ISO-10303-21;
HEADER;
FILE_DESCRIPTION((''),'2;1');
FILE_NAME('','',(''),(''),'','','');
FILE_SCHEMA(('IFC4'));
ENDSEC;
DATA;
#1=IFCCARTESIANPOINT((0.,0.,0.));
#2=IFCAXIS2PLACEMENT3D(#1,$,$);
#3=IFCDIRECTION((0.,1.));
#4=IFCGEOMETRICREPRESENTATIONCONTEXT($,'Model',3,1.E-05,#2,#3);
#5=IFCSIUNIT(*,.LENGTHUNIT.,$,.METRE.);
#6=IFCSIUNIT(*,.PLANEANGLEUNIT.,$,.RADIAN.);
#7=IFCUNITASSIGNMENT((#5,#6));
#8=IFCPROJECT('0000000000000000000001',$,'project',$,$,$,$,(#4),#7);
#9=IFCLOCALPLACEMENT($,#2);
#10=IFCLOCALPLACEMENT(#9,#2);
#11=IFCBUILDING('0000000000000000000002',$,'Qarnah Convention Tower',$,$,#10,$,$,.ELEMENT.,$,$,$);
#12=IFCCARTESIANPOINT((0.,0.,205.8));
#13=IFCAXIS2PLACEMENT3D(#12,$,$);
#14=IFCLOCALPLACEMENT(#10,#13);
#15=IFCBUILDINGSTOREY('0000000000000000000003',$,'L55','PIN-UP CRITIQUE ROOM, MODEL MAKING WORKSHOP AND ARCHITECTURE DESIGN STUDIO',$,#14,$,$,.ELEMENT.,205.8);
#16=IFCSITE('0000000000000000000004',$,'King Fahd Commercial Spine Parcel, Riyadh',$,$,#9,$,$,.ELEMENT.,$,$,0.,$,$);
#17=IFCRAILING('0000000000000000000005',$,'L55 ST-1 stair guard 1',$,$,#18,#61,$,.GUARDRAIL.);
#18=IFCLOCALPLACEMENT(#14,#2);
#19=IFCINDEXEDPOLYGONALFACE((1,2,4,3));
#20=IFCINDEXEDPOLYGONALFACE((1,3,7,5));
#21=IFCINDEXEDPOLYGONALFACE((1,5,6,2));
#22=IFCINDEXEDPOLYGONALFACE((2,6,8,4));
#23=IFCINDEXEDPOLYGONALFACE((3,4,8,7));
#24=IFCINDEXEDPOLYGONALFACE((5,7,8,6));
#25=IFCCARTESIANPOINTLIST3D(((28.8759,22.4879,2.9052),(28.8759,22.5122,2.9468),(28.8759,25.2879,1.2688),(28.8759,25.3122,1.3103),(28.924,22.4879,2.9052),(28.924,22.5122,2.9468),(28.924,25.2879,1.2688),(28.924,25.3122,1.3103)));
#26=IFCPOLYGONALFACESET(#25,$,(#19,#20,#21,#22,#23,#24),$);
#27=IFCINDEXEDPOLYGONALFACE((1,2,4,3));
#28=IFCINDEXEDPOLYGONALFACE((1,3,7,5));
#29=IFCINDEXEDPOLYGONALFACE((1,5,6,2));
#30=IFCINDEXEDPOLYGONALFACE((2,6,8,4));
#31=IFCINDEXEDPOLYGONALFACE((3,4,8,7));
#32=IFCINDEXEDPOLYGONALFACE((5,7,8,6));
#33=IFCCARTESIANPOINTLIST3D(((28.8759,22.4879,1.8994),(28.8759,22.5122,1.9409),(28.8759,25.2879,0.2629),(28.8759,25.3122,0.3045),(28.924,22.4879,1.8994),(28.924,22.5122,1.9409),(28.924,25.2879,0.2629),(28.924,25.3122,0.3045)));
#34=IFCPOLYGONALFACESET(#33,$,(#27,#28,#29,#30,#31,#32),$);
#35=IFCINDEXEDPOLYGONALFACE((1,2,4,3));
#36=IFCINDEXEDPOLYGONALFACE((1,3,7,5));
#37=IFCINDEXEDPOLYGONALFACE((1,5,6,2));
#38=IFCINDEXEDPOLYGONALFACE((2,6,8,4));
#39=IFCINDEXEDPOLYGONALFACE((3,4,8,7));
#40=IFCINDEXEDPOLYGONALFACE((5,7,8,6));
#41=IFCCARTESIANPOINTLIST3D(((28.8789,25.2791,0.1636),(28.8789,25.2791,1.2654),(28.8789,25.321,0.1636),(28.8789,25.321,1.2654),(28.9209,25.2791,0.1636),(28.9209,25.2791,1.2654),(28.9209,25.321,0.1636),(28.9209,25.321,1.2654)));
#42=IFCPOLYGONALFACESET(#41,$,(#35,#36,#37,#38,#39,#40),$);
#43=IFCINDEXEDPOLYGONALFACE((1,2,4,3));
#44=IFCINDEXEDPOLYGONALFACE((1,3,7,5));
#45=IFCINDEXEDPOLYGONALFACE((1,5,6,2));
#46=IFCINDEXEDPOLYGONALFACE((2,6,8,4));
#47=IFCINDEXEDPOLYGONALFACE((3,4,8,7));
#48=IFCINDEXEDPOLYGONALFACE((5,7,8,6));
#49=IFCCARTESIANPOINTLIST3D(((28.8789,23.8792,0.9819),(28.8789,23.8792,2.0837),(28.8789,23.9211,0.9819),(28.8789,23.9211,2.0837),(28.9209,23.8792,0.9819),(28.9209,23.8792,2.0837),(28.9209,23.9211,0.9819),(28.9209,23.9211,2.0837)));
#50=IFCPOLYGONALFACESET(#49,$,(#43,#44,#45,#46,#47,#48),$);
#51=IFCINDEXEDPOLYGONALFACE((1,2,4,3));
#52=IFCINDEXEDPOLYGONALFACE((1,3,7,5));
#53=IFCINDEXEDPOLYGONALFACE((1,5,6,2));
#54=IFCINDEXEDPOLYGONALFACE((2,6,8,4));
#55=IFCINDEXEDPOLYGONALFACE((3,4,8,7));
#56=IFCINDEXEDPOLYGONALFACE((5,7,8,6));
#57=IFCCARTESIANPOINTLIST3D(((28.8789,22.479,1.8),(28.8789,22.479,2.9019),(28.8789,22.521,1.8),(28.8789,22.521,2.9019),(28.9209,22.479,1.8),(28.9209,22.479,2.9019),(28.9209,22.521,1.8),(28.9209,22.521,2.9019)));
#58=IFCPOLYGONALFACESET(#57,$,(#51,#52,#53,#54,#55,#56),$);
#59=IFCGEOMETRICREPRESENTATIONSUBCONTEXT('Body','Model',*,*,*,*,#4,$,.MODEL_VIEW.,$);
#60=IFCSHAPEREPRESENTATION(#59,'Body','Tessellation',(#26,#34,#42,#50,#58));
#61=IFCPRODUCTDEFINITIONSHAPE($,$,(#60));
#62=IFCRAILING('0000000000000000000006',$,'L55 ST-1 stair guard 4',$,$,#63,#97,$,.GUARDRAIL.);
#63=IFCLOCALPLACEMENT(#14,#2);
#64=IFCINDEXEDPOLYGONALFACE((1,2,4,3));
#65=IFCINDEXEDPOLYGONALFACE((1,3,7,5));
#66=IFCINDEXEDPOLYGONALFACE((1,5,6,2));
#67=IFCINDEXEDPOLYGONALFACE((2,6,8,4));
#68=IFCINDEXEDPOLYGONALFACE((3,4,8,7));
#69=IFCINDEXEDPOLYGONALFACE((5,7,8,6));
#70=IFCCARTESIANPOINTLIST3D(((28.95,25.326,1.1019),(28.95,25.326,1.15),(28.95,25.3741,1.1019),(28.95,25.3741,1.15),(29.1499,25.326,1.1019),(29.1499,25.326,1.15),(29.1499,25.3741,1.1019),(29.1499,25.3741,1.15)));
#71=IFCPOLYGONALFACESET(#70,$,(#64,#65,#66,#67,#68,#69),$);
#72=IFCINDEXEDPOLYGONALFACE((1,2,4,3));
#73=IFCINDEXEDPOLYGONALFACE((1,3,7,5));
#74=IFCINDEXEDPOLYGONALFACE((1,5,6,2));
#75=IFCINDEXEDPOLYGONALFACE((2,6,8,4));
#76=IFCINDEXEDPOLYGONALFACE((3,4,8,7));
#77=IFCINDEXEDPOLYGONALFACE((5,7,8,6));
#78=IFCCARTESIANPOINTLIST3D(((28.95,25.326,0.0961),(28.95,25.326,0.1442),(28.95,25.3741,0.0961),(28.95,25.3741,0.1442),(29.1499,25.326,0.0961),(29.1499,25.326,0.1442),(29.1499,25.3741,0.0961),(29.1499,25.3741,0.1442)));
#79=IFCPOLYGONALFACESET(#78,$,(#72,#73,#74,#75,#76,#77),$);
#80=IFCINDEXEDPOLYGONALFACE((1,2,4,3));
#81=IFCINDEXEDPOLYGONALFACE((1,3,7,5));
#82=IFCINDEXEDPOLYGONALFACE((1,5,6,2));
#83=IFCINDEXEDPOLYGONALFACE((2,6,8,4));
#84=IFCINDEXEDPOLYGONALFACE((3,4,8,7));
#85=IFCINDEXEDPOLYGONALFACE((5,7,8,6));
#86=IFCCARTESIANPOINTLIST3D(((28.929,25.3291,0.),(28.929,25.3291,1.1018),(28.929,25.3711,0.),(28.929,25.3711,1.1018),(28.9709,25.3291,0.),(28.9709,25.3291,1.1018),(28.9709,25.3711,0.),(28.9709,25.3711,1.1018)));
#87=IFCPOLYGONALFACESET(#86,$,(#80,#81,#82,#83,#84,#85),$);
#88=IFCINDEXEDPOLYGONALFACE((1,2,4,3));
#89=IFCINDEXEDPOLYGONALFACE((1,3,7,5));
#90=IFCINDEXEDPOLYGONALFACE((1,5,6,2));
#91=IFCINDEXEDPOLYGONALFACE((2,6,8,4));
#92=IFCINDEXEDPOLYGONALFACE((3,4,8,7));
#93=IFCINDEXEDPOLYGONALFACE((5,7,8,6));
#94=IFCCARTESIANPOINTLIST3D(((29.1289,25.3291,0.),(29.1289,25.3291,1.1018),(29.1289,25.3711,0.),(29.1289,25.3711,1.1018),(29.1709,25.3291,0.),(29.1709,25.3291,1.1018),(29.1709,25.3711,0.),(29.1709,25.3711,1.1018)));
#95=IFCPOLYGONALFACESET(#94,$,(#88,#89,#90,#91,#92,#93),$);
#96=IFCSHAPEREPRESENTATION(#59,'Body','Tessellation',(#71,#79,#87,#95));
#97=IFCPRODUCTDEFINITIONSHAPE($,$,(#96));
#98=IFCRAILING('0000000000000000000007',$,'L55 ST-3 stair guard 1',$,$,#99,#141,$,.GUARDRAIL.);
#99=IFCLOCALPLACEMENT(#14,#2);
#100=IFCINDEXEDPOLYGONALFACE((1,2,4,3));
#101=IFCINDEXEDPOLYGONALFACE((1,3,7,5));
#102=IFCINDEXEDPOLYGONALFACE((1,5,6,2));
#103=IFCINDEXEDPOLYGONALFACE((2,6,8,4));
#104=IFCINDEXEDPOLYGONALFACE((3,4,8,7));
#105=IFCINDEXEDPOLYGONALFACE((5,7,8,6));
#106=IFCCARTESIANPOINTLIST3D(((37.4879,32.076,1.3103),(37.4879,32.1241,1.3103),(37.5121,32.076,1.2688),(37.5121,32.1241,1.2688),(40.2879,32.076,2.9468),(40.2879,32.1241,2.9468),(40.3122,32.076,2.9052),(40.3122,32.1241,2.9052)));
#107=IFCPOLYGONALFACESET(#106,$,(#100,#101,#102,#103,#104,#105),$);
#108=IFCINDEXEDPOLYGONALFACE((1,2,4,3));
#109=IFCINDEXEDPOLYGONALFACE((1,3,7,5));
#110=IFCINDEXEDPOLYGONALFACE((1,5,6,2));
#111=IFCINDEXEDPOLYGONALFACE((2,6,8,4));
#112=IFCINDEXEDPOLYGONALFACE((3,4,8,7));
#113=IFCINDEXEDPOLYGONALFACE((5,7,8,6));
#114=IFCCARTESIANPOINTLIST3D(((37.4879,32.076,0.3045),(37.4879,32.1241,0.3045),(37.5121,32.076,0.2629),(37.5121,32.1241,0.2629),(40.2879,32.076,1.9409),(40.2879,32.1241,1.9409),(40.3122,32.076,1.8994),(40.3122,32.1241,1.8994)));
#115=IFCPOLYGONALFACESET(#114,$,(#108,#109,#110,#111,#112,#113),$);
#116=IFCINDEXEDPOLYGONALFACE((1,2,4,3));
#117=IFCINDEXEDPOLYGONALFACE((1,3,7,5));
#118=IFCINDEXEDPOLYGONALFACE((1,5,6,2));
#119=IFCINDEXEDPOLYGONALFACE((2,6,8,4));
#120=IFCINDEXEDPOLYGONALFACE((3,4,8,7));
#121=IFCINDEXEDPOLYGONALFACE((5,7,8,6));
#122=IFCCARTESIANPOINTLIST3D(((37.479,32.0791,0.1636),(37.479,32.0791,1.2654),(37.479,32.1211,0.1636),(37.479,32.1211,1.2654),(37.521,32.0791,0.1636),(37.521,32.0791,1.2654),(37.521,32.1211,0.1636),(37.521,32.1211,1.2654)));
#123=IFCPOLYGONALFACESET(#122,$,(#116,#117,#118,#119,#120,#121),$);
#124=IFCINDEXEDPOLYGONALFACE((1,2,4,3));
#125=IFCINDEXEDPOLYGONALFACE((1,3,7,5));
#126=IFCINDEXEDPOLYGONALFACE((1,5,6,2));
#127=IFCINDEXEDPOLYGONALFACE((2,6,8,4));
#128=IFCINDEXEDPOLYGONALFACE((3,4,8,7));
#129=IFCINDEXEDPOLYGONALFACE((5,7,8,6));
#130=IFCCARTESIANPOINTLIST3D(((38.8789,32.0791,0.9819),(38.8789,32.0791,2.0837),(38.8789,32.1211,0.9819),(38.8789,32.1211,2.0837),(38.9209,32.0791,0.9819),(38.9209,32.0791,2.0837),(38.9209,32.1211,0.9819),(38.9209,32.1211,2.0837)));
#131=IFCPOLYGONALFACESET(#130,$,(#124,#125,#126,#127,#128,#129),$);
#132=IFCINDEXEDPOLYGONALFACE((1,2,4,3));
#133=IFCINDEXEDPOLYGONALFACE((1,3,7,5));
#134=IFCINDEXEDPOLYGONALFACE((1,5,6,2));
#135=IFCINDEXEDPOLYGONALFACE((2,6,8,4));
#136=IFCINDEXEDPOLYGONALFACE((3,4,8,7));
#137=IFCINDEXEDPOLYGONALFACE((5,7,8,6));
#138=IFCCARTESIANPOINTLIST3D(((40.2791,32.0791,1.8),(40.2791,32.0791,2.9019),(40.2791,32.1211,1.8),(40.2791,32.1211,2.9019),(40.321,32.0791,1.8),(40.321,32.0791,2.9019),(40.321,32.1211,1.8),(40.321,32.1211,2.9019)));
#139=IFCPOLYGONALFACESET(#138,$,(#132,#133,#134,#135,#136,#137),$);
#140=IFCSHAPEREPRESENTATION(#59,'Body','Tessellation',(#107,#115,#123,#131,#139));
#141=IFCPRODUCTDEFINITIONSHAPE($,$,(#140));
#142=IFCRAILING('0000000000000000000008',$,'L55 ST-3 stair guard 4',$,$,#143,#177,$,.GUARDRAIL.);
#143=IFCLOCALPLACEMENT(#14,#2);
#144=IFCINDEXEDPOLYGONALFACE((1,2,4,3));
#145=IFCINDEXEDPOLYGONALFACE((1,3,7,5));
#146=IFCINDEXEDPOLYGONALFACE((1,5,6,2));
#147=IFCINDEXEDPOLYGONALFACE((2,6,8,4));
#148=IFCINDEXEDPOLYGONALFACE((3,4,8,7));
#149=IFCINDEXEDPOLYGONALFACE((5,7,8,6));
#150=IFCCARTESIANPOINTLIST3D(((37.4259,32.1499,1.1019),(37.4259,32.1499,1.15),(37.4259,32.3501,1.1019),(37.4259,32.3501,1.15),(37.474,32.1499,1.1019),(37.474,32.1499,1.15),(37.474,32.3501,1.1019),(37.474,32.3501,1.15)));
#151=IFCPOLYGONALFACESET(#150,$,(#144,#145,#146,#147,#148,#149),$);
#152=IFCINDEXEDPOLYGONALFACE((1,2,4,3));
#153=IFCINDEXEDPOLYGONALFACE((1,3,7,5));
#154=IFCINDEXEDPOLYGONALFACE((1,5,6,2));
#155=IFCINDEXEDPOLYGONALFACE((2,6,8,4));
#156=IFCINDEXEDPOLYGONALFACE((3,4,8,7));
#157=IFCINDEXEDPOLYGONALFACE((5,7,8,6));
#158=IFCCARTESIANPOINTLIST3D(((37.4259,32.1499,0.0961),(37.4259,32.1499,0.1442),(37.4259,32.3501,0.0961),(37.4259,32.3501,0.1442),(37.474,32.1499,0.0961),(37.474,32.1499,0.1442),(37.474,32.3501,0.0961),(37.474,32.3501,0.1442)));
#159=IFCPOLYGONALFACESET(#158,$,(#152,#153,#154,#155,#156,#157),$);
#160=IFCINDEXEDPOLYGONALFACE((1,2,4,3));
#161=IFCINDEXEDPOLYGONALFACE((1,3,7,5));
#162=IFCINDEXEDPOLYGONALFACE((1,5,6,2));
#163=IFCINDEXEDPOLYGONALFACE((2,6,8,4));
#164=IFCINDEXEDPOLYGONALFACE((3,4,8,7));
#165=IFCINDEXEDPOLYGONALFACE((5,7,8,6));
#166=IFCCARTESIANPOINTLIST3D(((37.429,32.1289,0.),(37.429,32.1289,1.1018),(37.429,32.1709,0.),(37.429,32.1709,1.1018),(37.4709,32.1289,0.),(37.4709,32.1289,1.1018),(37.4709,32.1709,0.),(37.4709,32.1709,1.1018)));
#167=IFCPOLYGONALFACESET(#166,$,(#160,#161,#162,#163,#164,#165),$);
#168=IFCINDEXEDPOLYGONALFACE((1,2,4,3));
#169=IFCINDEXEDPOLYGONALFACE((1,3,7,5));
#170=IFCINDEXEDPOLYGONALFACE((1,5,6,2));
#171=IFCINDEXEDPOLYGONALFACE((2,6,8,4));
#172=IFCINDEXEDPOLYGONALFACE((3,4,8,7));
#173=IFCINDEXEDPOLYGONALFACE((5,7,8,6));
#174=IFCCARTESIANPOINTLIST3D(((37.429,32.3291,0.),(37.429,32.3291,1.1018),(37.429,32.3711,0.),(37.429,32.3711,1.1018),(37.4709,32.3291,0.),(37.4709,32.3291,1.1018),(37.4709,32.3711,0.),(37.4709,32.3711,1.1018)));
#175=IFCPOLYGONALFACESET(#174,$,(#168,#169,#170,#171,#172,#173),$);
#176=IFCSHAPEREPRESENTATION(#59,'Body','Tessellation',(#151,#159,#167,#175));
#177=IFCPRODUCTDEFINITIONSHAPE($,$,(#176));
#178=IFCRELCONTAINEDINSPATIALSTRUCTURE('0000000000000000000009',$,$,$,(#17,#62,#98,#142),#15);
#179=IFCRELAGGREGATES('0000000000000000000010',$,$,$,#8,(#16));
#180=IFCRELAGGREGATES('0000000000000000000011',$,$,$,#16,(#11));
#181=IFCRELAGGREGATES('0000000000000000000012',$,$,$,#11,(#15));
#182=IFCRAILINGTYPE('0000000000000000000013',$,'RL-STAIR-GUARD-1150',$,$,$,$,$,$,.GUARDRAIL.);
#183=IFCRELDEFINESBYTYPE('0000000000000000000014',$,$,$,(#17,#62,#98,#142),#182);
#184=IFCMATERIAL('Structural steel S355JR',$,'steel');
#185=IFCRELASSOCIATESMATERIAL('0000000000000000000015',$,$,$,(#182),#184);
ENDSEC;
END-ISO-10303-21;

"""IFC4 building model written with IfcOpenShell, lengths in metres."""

from ifc_helpers import new_model, si_unit, direction, frame, origin, origin_2d, place, context, subcontext, project, spatial, rectangle, extrude, material, type_object, element, save


model = new_model("IFC4")

# Units and contexts
model_context = context("Model", 3, precision=1e-05, world=origin(), true_north=direction((0.0, 1.0)))
body_context = subcontext(model_context, "Body", "Model", "MODEL_VIEW")
ifc_project = project(units=[si_unit("LENGTHUNIT", "METRE"), si_unit("PLANEANGLEUNIT", "RADIAN")], contexts=[model_context])

# Site, building, storey
site_placement = place(None, origin())
site = spatial("IfcSite", under=ifc_project, at=site_placement, Name="King Fahd Commercial Spine Parcel, Riyadh", CompositionType="ELEMENT", RefElevation=0.0)
building_placement = place(site_placement, origin())
building = spatial("IfcBuilding", under=site, at=building_placement, Name="Qarnah Convention Tower", CompositionType="ELEMENT")
storey_placement = place(building_placement, frame((0.0, 0.0, 205.8)))
storey = spatial("IfcBuildingStorey", under=building, at=storey_placement, Name="L55", Description="PIN-UP CRITIQUE ROOM, MODEL MAKING WORKSHOP AND ARCHITECTURE DESIGN STUDIO", CompositionType="ELEMENT", Elevation=205.8)

# Shared definitions
ifc_material_1 = material(Name="Structural steel S355JR", Category="steel")

# Railings
railing_type = type_object("IfcRailingType", Name="RL-STAIR-GUARD-1150", PredefinedType="GUARDRAIL", material=ifc_material_1)
railing_1_placement = place(storey_placement, frame((28.8999, 25.3, 0.1636)))
element("IfcRailing", 1, at=railing_1_placement, inside=storey, type_object=railing_type, Name="L55 ST-1 stair guard 1", PredefinedType="GUARDRAIL", context=body_context, shape_type="SweptSolid", body=[
    extrude(rectangle(XDim=0.0481, YDim=0.0481, at=origin_2d()), frame((0.0, 0.0, 1.126), z_axis=(0.0, -0.863361, 0.504587), x_axis=(1.0, 0.0, 0.0)), (0.0, 0.0, 1.0), 3.2432),
    extrude(rectangle(XDim=0.0481, YDim=0.0481, at=origin_2d()), frame((0.0, 0.0, 0.1201), z_axis=(0.0, -0.863361, 0.504587), x_axis=(1.0, 0.0, 0.0)), (0.0, 0.0, 1.0), 3.2432),
    extrude(rectangle(XDim=0.042, YDim=0.042, at=origin_2d()), origin(), (0.0, 0.0, 1.0), 1.1018),
    extrude(rectangle(XDim=0.042, YDim=0.042, at=origin_2d()), frame((0.0, -1.3999, 0.8184)), (0.0, 0.0, 1.0), 1.1018),
    extrude(rectangle(XDim=0.042, YDim=0.042, at=origin_2d()), frame((0.0, -2.8, 1.6365)), (0.0, 0.0, 1.0), 1.1018),
])
railing_2_placement = place(storey_placement, frame((28.95, 25.3501, 0.0)))
element("IfcRailing", 2, at=railing_2_placement, inside=storey, type_object=railing_type, Name="L55 ST-1 stair guard 4", PredefinedType="GUARDRAIL", context=body_context, shape_type="SweptSolid", body=[
    extrude(rectangle(XDim=0.0481, YDim=0.0481, at=origin_2d()), frame((0.0, 0.0, 1.126), z_axis=(1.0, 0.0, 0.0), x_axis=(0.0, 1.0, 0.0)), (0.0, 0.0, 1.0), 0.2),
    extrude(rectangle(XDim=0.0481, YDim=0.0481, at=origin_2d()), frame((0.0, 0.0, 0.1201), z_axis=(1.0, 0.0, 0.0), x_axis=(0.0, 1.0, 0.0)), (0.0, 0.0, 1.0), 0.2),
    extrude(rectangle(XDim=0.042, YDim=0.042, at=origin_2d()), origin(), (0.0, 0.0, 1.0), 1.1018),
    extrude(rectangle(XDim=0.042, YDim=0.042, at=origin_2d()), frame((0.2, 0.0, 0.0)), (0.0, 0.0, 1.0), 1.1018),
])
railing_3_placement = place(storey_placement, frame((37.5, 32.1001, 0.1636)))
element("IfcRailing", 3, at=railing_3_placement, inside=storey, type_object=railing_type, Name="L55 ST-3 stair guard 1", PredefinedType="GUARDRAIL", context=body_context, shape_type="SweptSolid", body=[
    extrude(rectangle(XDim=0.0481, YDim=0.0481, at=origin_2d()), frame((0.0, 0.0, 1.126), z_axis=(0.863361, 0.0, 0.504587), x_axis=(0.0, 1.0, 0.0)), (0.0, 0.0, 1.0), 3.2432),
    extrude(rectangle(XDim=0.0481, YDim=0.0481, at=origin_2d()), frame((0.0, 0.0, 0.1201), z_axis=(0.863361, 0.0, 0.504587), x_axis=(0.0, 1.0, 0.0)), (0.0, 0.0, 1.0), 3.2432),
    extrude(rectangle(XDim=0.042, YDim=0.042, at=origin_2d()), origin(), (0.0, 0.0, 1.0), 1.1018),
    extrude(rectangle(XDim=0.042, YDim=0.042, at=origin_2d()), frame((1.3999, 0.0, 0.8184)), (0.0, 0.0, 1.0), 1.1018),
    extrude(rectangle(XDim=0.042, YDim=0.042, at=origin_2d()), frame((2.8, 0.0, 1.6365)), (0.0, 0.0, 1.0), 1.1018),
])
railing_4_placement = place(storey_placement, frame((37.45, 32.1499, 0.0)))
element("IfcRailing", 4, at=railing_4_placement, inside=storey, type_object=railing_type, Name="L55 ST-3 stair guard 4", PredefinedType="GUARDRAIL", context=body_context, shape_type="SweptSolid", body=[
    extrude(rectangle(XDim=0.0481, YDim=0.0481, at=origin_2d()), frame((0.0, 0.0, 1.126), z_axis=(0.0, 1.0, 0.0), x_axis=(-1.0, 0.0, 0.0)), (0.0, 0.0, 1.0), 0.2002),
    extrude(rectangle(XDim=0.0481, YDim=0.0481, at=origin_2d()), frame((0.0, 0.0, 0.1201), z_axis=(0.0, 1.0, 0.0), x_axis=(-1.0, 0.0, 0.0)), (0.0, 0.0, 1.0), 0.2002),
    extrude(rectangle(XDim=0.042, YDim=0.042, at=origin_2d()), origin(), (0.0, 0.0, 1.0), 1.1018),
    extrude(rectangle(XDim=0.042, YDim=0.042, at=origin_2d()), frame((0.0, 0.2002, 0.0)), (0.0, 0.0, 1.0), 1.1018),
])

save(model, "model.ifc")
